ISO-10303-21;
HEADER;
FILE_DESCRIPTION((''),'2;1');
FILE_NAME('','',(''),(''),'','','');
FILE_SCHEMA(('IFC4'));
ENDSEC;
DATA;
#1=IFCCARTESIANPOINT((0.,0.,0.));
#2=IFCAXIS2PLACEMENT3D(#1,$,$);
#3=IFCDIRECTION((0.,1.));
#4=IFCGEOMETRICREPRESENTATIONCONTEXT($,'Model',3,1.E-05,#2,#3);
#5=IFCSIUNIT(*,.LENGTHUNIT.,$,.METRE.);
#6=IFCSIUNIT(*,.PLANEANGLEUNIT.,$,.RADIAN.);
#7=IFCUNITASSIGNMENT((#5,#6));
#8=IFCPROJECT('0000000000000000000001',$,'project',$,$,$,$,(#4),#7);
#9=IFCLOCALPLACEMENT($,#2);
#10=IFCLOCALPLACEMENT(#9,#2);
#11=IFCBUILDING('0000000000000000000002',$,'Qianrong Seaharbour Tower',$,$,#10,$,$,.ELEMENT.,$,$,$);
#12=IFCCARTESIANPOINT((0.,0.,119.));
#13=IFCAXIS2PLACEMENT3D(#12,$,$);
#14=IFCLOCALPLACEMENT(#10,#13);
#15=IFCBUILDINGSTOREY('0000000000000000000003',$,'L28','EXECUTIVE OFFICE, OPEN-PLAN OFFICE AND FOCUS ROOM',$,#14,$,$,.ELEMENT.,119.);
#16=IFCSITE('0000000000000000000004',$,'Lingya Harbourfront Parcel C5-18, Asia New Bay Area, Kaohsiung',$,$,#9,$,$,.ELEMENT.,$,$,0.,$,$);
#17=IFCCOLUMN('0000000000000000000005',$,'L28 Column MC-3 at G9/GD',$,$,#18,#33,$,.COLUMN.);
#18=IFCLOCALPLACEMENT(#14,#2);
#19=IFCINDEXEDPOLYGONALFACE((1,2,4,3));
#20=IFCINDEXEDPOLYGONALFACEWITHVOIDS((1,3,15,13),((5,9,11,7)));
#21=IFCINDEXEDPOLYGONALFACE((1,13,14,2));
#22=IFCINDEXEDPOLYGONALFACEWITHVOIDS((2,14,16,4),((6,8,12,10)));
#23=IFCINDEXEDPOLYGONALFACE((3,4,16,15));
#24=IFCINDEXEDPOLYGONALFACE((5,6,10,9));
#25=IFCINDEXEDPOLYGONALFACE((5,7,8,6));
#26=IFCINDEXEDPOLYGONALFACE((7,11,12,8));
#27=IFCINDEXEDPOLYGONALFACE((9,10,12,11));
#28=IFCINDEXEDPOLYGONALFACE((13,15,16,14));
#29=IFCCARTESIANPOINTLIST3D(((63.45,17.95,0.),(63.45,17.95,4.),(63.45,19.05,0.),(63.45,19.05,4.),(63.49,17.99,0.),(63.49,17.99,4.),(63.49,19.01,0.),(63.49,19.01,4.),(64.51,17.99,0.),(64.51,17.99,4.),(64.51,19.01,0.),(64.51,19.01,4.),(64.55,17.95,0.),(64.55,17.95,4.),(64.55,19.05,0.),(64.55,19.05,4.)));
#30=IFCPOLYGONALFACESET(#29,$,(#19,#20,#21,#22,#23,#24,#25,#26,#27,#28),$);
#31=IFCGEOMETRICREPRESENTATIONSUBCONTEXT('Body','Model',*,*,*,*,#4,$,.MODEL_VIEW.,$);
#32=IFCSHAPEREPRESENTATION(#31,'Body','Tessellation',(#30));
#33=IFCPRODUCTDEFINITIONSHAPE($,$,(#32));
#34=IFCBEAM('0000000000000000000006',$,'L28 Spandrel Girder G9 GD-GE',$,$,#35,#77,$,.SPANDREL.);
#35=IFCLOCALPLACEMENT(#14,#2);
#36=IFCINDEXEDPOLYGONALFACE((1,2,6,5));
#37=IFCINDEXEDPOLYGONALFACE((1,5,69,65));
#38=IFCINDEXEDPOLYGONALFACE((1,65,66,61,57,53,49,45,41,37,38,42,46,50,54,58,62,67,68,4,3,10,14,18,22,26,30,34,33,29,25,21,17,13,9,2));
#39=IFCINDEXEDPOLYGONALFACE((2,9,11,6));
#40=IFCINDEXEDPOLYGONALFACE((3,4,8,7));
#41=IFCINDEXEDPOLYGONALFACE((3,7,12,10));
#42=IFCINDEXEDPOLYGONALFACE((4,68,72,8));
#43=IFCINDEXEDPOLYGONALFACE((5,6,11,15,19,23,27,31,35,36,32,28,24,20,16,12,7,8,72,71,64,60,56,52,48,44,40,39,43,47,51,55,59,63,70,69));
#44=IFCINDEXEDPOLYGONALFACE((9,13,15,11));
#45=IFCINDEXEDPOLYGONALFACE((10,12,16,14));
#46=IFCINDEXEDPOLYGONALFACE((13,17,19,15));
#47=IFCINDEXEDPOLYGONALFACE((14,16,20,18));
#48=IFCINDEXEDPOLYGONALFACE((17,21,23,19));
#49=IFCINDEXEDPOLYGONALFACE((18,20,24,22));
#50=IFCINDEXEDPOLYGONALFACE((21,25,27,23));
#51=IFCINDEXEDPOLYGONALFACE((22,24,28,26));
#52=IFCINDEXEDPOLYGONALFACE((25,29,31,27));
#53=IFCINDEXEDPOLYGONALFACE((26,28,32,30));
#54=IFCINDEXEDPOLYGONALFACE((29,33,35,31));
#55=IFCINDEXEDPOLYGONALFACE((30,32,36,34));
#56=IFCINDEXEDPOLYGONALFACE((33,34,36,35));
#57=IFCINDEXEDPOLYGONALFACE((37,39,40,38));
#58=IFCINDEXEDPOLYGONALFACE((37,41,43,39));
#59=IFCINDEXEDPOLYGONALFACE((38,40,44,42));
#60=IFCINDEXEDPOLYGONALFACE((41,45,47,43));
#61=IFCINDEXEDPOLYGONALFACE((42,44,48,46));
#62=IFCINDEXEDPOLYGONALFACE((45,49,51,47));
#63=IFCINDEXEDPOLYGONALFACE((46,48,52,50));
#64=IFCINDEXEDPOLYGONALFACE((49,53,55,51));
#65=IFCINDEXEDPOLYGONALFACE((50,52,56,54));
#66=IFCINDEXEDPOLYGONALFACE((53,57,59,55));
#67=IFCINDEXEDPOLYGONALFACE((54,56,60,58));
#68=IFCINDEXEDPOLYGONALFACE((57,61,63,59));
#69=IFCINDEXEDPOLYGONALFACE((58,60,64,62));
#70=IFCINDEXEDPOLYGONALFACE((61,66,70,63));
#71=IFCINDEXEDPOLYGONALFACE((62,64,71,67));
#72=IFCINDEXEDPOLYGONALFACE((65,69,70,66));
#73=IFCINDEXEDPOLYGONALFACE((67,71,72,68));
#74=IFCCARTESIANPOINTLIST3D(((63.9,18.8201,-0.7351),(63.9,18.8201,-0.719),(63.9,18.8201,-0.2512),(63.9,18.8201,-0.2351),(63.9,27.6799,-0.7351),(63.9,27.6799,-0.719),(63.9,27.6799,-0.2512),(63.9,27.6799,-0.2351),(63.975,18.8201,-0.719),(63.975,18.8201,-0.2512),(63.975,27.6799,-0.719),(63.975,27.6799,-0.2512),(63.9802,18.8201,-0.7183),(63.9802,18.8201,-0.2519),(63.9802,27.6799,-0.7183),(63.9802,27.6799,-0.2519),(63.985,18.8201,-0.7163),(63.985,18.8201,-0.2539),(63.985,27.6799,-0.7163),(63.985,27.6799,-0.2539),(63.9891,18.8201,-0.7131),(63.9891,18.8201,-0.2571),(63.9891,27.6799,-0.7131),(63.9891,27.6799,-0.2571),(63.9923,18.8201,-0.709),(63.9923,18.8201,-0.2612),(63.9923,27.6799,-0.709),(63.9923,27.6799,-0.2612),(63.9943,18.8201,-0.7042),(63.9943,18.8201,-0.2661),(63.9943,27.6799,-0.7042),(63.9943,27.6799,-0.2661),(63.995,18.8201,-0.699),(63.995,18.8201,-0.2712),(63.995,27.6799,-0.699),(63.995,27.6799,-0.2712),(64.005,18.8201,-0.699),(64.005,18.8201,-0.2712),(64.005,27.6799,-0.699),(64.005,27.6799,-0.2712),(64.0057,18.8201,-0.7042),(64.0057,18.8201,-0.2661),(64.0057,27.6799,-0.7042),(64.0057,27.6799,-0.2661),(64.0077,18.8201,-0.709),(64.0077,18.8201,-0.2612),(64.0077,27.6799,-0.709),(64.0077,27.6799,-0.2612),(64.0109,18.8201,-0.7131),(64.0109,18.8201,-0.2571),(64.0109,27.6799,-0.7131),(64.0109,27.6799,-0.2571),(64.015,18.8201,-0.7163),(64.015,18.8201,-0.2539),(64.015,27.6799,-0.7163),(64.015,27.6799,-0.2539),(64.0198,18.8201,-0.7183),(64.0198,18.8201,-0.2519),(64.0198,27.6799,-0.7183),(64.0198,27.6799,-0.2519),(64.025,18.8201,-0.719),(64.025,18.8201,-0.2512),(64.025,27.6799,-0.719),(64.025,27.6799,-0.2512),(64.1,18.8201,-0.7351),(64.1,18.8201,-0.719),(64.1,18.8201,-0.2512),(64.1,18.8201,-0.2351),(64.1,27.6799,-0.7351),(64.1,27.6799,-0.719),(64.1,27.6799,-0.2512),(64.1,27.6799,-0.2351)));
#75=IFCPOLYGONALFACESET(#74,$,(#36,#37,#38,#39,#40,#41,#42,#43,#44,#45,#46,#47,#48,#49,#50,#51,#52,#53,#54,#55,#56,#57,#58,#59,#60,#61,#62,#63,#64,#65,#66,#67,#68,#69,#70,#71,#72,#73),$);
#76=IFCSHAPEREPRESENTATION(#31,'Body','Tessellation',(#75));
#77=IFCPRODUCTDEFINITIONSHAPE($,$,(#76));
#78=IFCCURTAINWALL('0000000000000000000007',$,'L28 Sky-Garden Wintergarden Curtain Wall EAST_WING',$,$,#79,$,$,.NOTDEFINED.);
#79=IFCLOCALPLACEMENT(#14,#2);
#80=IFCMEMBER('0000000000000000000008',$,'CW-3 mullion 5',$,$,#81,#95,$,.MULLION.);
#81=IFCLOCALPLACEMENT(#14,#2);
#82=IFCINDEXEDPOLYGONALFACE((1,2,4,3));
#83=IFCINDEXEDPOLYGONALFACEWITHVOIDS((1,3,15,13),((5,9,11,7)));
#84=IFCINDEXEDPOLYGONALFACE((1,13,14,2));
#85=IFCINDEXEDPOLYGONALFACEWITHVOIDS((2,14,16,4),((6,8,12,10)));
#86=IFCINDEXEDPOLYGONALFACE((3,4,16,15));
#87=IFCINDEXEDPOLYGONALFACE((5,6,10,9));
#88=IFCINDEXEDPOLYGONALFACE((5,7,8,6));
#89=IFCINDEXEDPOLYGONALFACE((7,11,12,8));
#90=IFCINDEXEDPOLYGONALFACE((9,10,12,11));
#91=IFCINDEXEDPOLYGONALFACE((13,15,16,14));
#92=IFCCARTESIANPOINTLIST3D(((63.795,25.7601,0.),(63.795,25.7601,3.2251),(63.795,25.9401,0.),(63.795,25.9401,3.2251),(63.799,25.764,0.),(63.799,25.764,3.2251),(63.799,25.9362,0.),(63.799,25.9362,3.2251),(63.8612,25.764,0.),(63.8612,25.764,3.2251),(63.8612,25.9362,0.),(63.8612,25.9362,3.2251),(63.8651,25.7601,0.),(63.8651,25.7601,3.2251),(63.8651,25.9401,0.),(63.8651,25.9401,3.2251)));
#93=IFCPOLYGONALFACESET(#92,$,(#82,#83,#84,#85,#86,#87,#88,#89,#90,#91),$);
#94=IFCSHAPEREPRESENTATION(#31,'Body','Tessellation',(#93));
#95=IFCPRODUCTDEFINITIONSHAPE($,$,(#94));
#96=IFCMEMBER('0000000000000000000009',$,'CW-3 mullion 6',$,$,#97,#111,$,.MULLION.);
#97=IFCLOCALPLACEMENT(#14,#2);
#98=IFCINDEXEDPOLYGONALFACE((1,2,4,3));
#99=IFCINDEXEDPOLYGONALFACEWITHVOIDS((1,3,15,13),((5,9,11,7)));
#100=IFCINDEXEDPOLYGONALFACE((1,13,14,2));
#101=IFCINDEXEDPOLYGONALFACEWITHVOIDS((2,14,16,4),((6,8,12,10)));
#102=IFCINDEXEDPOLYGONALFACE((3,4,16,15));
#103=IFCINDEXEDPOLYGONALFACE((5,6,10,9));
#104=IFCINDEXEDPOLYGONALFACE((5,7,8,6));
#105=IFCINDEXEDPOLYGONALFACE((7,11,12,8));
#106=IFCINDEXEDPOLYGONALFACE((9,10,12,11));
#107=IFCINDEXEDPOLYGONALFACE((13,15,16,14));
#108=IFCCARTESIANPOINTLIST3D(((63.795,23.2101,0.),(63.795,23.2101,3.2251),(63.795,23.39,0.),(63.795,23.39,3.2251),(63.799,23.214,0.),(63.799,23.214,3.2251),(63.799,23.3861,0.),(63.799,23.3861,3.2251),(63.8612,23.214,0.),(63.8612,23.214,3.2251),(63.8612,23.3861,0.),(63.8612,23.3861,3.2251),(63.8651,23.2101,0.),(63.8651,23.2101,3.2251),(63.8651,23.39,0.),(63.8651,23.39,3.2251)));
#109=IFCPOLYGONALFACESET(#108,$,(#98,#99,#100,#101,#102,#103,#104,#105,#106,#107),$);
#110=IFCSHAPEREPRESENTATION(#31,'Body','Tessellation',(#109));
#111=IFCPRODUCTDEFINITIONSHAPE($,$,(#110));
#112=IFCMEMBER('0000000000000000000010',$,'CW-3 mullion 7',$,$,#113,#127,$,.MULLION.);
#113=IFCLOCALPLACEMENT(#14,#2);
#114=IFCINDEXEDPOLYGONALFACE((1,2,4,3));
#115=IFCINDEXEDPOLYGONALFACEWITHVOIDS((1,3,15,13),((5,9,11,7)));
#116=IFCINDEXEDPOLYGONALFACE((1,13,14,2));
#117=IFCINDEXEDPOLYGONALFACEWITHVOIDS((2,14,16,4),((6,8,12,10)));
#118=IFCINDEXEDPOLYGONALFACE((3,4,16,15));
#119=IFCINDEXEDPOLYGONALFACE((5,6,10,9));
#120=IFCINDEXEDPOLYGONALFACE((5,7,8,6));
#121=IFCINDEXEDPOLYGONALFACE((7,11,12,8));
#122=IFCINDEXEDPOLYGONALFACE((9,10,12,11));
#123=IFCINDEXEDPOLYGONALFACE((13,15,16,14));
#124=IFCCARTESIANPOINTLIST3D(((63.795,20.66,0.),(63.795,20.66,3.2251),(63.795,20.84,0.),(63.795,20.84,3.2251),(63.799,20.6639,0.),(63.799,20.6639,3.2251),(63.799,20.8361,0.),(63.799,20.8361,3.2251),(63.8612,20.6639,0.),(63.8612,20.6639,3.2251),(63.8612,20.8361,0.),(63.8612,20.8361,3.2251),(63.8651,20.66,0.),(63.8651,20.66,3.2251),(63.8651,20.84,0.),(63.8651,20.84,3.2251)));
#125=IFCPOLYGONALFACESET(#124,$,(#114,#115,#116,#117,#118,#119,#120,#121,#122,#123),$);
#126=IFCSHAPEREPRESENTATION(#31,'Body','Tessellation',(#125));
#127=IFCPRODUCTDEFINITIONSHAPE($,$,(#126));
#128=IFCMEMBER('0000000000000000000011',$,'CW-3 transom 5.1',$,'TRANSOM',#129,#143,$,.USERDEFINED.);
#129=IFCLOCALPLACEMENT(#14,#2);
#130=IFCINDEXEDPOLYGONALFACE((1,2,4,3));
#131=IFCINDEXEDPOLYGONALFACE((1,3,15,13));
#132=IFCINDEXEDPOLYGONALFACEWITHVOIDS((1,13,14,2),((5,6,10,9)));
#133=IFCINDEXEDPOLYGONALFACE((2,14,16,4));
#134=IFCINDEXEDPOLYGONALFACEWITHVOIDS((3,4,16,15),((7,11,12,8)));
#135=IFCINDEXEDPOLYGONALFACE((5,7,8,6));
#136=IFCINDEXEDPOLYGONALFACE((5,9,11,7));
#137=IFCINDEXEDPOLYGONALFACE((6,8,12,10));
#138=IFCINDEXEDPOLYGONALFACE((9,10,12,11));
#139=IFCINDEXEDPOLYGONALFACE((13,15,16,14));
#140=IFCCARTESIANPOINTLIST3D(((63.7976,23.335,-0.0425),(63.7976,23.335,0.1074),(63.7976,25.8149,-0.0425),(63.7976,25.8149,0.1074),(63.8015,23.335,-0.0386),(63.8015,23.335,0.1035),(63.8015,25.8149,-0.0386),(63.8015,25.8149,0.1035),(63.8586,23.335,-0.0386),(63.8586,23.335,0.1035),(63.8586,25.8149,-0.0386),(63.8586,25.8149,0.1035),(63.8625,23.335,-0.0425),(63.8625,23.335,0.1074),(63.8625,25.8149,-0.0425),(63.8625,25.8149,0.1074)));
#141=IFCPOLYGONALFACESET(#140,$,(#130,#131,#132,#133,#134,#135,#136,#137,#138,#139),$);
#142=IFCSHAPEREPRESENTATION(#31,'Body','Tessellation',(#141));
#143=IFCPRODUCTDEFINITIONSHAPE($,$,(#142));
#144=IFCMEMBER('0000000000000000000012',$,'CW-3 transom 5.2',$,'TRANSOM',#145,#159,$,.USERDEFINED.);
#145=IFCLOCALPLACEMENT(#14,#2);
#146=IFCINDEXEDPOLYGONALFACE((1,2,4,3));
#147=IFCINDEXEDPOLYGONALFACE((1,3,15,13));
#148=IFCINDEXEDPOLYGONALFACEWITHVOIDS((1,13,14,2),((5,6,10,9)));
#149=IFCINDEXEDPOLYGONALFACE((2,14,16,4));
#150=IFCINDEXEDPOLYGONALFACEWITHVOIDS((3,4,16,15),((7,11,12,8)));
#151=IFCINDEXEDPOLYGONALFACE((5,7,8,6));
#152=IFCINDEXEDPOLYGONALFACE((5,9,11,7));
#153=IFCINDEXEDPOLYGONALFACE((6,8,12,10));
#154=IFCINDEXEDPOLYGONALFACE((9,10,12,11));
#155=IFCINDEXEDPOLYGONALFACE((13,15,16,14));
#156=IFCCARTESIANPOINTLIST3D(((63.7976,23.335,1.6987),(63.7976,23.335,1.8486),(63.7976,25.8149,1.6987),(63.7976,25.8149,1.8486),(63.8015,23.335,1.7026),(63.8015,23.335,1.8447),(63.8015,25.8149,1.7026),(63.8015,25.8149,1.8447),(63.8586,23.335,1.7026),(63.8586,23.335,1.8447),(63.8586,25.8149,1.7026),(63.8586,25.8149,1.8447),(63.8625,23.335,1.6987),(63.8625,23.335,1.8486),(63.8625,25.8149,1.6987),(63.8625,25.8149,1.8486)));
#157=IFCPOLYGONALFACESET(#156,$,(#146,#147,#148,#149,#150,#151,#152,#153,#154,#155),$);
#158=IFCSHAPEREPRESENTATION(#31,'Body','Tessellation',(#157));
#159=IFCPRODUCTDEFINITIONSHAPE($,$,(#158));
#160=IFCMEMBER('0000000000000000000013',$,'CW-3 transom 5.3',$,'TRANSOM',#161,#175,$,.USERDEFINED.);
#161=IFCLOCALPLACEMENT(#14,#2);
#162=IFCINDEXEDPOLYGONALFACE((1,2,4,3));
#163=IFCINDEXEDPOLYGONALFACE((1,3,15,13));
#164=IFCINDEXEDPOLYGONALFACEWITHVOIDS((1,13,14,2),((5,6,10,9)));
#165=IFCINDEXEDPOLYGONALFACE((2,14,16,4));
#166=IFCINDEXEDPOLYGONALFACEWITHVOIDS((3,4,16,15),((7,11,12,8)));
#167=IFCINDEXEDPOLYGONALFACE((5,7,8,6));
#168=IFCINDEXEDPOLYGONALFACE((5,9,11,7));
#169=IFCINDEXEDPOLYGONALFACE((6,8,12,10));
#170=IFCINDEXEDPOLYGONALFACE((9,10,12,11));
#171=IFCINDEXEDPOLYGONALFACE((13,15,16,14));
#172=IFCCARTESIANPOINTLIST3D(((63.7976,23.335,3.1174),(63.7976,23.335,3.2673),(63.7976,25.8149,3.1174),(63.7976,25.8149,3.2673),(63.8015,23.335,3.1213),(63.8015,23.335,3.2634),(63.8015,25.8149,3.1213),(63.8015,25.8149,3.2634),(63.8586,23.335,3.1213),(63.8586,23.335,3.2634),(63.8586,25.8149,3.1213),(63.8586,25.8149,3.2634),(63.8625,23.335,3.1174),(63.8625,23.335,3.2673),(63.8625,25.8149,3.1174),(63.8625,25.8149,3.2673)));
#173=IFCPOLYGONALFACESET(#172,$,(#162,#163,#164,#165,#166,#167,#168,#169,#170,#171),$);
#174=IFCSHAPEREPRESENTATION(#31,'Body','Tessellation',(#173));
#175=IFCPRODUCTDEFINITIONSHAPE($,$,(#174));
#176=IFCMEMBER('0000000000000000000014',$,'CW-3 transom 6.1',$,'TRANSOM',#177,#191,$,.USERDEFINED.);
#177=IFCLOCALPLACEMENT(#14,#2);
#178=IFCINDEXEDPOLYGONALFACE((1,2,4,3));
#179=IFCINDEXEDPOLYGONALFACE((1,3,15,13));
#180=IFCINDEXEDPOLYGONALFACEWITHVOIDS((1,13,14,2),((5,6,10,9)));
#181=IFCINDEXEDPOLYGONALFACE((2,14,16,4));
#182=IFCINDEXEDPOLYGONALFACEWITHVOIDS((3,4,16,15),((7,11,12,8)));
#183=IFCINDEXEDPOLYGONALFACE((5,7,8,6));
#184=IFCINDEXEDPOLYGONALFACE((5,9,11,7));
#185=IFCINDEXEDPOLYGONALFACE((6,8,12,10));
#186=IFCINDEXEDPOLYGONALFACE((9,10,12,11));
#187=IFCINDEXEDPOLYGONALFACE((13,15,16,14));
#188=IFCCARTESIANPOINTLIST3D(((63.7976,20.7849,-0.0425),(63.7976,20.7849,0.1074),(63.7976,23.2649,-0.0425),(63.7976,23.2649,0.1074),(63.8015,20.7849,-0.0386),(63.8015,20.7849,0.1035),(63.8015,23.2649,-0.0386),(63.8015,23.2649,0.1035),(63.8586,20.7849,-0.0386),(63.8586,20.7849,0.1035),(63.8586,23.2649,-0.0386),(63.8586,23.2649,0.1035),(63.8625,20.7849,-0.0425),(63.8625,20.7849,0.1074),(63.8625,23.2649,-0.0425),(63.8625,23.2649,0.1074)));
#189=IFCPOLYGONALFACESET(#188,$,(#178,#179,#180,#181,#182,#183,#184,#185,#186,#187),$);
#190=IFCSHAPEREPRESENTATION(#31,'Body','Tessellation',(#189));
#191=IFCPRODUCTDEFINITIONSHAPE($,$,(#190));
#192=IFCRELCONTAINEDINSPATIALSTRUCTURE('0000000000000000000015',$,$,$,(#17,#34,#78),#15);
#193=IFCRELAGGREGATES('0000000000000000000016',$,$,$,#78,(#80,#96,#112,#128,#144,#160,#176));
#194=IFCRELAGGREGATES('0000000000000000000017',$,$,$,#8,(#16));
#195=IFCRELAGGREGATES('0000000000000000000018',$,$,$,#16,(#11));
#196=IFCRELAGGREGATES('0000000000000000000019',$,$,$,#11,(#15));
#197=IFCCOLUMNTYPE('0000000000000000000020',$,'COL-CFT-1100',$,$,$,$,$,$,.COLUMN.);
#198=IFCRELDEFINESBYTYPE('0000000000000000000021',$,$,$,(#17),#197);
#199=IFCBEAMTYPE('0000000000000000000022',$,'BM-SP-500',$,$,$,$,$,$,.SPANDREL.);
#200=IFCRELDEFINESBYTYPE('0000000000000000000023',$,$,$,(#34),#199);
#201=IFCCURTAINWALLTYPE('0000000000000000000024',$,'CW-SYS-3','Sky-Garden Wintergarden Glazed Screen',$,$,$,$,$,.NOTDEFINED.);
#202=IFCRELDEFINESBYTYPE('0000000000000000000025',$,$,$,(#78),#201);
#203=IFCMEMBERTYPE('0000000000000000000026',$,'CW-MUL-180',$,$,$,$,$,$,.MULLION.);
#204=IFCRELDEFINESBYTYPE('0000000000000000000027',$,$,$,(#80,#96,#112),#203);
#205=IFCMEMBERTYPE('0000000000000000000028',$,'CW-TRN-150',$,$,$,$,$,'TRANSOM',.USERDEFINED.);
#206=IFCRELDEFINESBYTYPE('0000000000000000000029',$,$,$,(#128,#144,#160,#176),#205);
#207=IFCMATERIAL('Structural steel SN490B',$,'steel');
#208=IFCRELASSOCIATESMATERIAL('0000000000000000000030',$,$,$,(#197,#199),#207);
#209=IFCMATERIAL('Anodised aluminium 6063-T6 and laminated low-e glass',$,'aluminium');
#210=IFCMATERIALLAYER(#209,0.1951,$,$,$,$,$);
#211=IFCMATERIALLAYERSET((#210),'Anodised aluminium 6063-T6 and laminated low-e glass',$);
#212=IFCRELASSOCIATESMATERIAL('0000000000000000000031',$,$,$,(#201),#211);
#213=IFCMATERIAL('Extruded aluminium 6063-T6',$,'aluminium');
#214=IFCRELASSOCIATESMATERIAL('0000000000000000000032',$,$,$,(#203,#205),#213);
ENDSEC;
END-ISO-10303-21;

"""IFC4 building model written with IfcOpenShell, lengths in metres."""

from ifc_helpers import new_model, si_unit, direction, frame, origin, origin_2d, place, context, subcontext, project, spatial, hollow_rectangle, i_section, extrude, material, layer, layer_set, material_profile, profile_set, type_object, element, aggregate, save


model = new_model("IFC4")

# Units and contexts
model_context = context("Model", 3, precision=1e-05, world=origin(), true_north=direction((0.0, 1.0)))
body_context = subcontext(model_context, "Body", "Model", "MODEL_VIEW")
ifc_project = project(units=[si_unit("LENGTHUNIT", "METRE"), si_unit("PLANEANGLEUNIT", "RADIAN")], contexts=[model_context])

# Site, building, storey
site_placement = place(None, origin())
site = spatial("IfcSite", under=ifc_project, at=site_placement, Name="Lingya Harbourfront Parcel C5-18, Asia New Bay Area, Kaohsiung", CompositionType="ELEMENT", RefElevation=0.0)
building_placement = place(site_placement, origin())
building = spatial("IfcBuilding", under=site, at=building_placement, Name="Qianrong Seaharbour Tower", CompositionType="ELEMENT")
storey_placement = place(building_placement, frame((0.0, 0.0, 119.0)))
storey = spatial("IfcBuildingStorey", under=building, at=storey_placement, Name="L28", Description="EXECUTIVE OFFICE, OPEN-PLAN OFFICE AND FOCUS ROOM", CompositionType="ELEMENT", Elevation=119.0)

# Column
ifc_material_1 = material(Name="Structural steel SN490B", Category="steel")
ifc_material_profile_1 = material_profile(ifc_material_1, hollow_rectangle(XDim=1.1001, YDim=1.1001, WallThickness=0.04, at=origin_2d()), Name="BOX1100x1100x40")
ifc_profile_set_1 = profile_set([ifc_material_profile_1], Name="Structural steel SN490B")
column_type = type_object("IfcColumnType", Name="COL-CFT-1100", PredefinedType="COLUMN", material=ifc_profile_set_1)
column_placement = place(storey_placement, frame((64.0, 18.5, 0.0), z_axis=(0.0, 0.0, 1.0), x_axis=(1.0, 0.0, 0.0)))
element("IfcColumn", 1, at=column_placement, inside=storey, type_object=column_type, Name="L28 Column MC-3 at G9/GD", PredefinedType="COLUMN", context=body_context, shape_type="SweptSolid", body=[
    extrude(hollow_rectangle(XDim=1.1001, YDim=1.1001, WallThickness=0.04, at=origin_2d()), origin(), (0.0, 0.0, 1.0), 4.0),
])

# Beam
ifc_material_profile_2 = material_profile(ifc_material_1, i_section(OverallWidth=0.2, OverallDepth=0.5, WebThickness=0.01, FlangeThickness=0.0161, FilletRadius=0.02, at=origin_2d()), Name="H500x200x10x16")
ifc_profile_set_2 = profile_set([ifc_material_profile_2], Name="Structural steel SN490B")
beam_type = type_object("IfcBeamType", Name="BM-SP-500", PredefinedType="SPANDREL", material=ifc_profile_set_2)
beam_placement = place(storey_placement, frame((64.0, 18.8201, -0.4851), z_axis=(0.0, 1.0, 0.0), x_axis=(-1.0, 0.0, 0.0)))
element("IfcBeam", 2, at=beam_placement, inside=storey, type_object=beam_type, Name="L28 Spandrel Girder G9 GD-GE", PredefinedType="SPANDREL", context=body_context, shape_type="SweptSolid", body=[
    extrude(i_section(OverallWidth=0.2, OverallDepth=0.5, WebThickness=0.01, FlangeThickness=0.0161, FilletRadius=0.02, at=origin_2d()), origin(), (0.0, 0.0, 1.0), 8.8599),
])

# Curtain wall, members
ifc_material_2 = material(Name="Anodised aluminium 6063-T6 and laminated low-e glass", Category="aluminium")
ifc_layer_1 = layer(ifc_material_2, 0.1951)
ifc_layer_set_1 = layer_set([ifc_layer_1], Name="Anodised aluminium 6063-T6 and laminated low-e glass")
curtain_wall_type = type_object("IfcCurtainWallType", Name="CW-SYS-3", Description="Sky-Garden Wintergarden Glazed Screen", PredefinedType="NOTDEFINED", material=ifc_layer_set_1)
curtain_wall_placement = place(storey_placement, origin())
curtain_wall = element("IfcCurtainWall", 3, at=curtain_wall_placement, inside=storey, type_object=curtain_wall_type, Name="L28 Sky-Garden Wintergarden Curtain Wall EAST_WING", PredefinedType="NOTDEFINED")
ifc_material_3 = material(Name="Extruded aluminium 6063-T6", Category="aluminium")
ifc_material_profile_3 = material_profile(ifc_material_3, hollow_rectangle(XDim=0.0701, YDim=0.1799, WallThickness=0.0039, at=origin_2d()), Name="ALU-MUL-180x70x4")
ifc_profile_set_3 = profile_set([ifc_material_profile_3], Name="Extruded aluminium 6063-T6")
member_type_1 = type_object("IfcMemberType", Name="CW-MUL-180", PredefinedType="MULLION", material=ifc_profile_set_3)
member_1_placement = place(storey_placement, frame((63.8301, 25.8501, 0.0), z_axis=(0.0, 0.0, 1.0), x_axis=(1.0, 0.0, 0.0)))
member_1 = element("IfcMember", 4, at=member_1_placement, type_object=member_type_1, Name="CW-3 mullion 5", PredefinedType="MULLION", context=body_context, shape_type="SweptSolid", body=[
    extrude(hollow_rectangle(XDim=0.0701, YDim=0.1799, WallThickness=0.0039, at=origin_2d()), origin(), (0.0, 0.0, 1.0), 3.2251),
])
member_2_placement = place(storey_placement, frame((63.8301, 23.3, 0.0), z_axis=(0.0, 0.0, 1.0), x_axis=(1.0, 0.0, 0.0)))
member_2 = element("IfcMember", 5, at=member_2_placement, type_object=member_type_1, Name="CW-3 mullion 6", PredefinedType="MULLION", context=body_context, shape_type="SweptSolid", body=[
    extrude(hollow_rectangle(XDim=0.0701, YDim=0.1799, WallThickness=0.0039, at=origin_2d()), origin(), (0.0, 0.0, 1.0), 3.2251),
])
member_3_placement = place(storey_placement, frame((63.8301, 20.75, 0.0), z_axis=(0.0, 0.0, 1.0), x_axis=(1.0, 0.0, 0.0)))
member_3 = element("IfcMember", 6, at=member_3_placement, type_object=member_type_1, Name="CW-3 mullion 7", PredefinedType="MULLION", context=body_context, shape_type="SweptSolid", body=[
    extrude(hollow_rectangle(XDim=0.0701, YDim=0.1799, WallThickness=0.0039, at=origin_2d()), origin(), (0.0, 0.0, 1.0), 3.2251),
])
ifc_material_profile_4 = material_profile(ifc_material_3, hollow_rectangle(XDim=0.0649, YDim=0.1499, WallThickness=0.0039, at=origin_2d()), Name="ALU-TRN-150x65x4")
ifc_profile_set_4 = profile_set([ifc_material_profile_4], Name="Extruded aluminium 6063-T6")
member_type_2 = type_object("IfcMemberType", Name="CW-TRN-150", ElementType="TRANSOM", PredefinedType="USERDEFINED", material=ifc_profile_set_4)
member_4_placement = place(storey_placement, frame((63.8301, 25.8149, 0.0325), z_axis=(0.0, -1.0, 0.0), x_axis=(1.0, 0.0, 0.0)))
member_4 = element("IfcMember", 7, at=member_4_placement, type_object=member_type_2, Name="CW-3 transom 5.1", ObjectType="TRANSOM", PredefinedType="USERDEFINED", context=body_context, shape_type="SweptSolid", body=[
    extrude(hollow_rectangle(XDim=0.0649, YDim=0.1499, WallThickness=0.0039, at=origin_2d()), origin(), (0.0, 0.0, 1.0), 2.48),
])
member_5_placement = place(storey_placement, frame((63.8301, 25.8149, 1.7737), z_axis=(0.0, -1.0, 0.0), x_axis=(1.0, 0.0, 0.0)))
member_5 = element("IfcMember", 8, at=member_5_placement, type_object=member_type_2, Name="CW-3 transom 5.2", ObjectType="TRANSOM", PredefinedType="USERDEFINED", context=body_context, shape_type="SweptSolid", body=[
    extrude(hollow_rectangle(XDim=0.0649, YDim=0.1499, WallThickness=0.0039, at=origin_2d()), origin(), (0.0, 0.0, 1.0), 2.48),
])
member_6_placement = place(storey_placement, frame((63.8301, 25.8149, 3.1924), z_axis=(0.0, -1.0, 0.0), x_axis=(1.0, 0.0, 0.0)))
member_6 = element("IfcMember", 9, at=member_6_placement, type_object=member_type_2, Name="CW-3 transom 5.3", ObjectType="TRANSOM", PredefinedType="USERDEFINED", context=body_context, shape_type="SweptSolid", body=[
    extrude(hollow_rectangle(XDim=0.0649, YDim=0.1499, WallThickness=0.0039, at=origin_2d()), origin(), (0.0, 0.0, 1.0), 2.48),
])
member_7_placement = place(storey_placement, frame((63.8301, 23.2649, 0.0325), z_axis=(0.0, -1.0, 0.0), x_axis=(1.0, 0.0, 0.0)))
member_7 = element("IfcMember", 10, at=member_7_placement, type_object=member_type_2, Name="CW-3 transom 6.1", ObjectType="TRANSOM", PredefinedType="USERDEFINED", context=body_context, shape_type="SweptSolid", body=[
    extrude(hollow_rectangle(XDim=0.0649, YDim=0.1499, WallThickness=0.0039, at=origin_2d()), origin(), (0.0, 0.0, 1.0), 2.48),
])
aggregate(curtain_wall, [member_1, member_2, member_3, member_4, member_5, member_6, member_7])

save(model, "model.ifc")
